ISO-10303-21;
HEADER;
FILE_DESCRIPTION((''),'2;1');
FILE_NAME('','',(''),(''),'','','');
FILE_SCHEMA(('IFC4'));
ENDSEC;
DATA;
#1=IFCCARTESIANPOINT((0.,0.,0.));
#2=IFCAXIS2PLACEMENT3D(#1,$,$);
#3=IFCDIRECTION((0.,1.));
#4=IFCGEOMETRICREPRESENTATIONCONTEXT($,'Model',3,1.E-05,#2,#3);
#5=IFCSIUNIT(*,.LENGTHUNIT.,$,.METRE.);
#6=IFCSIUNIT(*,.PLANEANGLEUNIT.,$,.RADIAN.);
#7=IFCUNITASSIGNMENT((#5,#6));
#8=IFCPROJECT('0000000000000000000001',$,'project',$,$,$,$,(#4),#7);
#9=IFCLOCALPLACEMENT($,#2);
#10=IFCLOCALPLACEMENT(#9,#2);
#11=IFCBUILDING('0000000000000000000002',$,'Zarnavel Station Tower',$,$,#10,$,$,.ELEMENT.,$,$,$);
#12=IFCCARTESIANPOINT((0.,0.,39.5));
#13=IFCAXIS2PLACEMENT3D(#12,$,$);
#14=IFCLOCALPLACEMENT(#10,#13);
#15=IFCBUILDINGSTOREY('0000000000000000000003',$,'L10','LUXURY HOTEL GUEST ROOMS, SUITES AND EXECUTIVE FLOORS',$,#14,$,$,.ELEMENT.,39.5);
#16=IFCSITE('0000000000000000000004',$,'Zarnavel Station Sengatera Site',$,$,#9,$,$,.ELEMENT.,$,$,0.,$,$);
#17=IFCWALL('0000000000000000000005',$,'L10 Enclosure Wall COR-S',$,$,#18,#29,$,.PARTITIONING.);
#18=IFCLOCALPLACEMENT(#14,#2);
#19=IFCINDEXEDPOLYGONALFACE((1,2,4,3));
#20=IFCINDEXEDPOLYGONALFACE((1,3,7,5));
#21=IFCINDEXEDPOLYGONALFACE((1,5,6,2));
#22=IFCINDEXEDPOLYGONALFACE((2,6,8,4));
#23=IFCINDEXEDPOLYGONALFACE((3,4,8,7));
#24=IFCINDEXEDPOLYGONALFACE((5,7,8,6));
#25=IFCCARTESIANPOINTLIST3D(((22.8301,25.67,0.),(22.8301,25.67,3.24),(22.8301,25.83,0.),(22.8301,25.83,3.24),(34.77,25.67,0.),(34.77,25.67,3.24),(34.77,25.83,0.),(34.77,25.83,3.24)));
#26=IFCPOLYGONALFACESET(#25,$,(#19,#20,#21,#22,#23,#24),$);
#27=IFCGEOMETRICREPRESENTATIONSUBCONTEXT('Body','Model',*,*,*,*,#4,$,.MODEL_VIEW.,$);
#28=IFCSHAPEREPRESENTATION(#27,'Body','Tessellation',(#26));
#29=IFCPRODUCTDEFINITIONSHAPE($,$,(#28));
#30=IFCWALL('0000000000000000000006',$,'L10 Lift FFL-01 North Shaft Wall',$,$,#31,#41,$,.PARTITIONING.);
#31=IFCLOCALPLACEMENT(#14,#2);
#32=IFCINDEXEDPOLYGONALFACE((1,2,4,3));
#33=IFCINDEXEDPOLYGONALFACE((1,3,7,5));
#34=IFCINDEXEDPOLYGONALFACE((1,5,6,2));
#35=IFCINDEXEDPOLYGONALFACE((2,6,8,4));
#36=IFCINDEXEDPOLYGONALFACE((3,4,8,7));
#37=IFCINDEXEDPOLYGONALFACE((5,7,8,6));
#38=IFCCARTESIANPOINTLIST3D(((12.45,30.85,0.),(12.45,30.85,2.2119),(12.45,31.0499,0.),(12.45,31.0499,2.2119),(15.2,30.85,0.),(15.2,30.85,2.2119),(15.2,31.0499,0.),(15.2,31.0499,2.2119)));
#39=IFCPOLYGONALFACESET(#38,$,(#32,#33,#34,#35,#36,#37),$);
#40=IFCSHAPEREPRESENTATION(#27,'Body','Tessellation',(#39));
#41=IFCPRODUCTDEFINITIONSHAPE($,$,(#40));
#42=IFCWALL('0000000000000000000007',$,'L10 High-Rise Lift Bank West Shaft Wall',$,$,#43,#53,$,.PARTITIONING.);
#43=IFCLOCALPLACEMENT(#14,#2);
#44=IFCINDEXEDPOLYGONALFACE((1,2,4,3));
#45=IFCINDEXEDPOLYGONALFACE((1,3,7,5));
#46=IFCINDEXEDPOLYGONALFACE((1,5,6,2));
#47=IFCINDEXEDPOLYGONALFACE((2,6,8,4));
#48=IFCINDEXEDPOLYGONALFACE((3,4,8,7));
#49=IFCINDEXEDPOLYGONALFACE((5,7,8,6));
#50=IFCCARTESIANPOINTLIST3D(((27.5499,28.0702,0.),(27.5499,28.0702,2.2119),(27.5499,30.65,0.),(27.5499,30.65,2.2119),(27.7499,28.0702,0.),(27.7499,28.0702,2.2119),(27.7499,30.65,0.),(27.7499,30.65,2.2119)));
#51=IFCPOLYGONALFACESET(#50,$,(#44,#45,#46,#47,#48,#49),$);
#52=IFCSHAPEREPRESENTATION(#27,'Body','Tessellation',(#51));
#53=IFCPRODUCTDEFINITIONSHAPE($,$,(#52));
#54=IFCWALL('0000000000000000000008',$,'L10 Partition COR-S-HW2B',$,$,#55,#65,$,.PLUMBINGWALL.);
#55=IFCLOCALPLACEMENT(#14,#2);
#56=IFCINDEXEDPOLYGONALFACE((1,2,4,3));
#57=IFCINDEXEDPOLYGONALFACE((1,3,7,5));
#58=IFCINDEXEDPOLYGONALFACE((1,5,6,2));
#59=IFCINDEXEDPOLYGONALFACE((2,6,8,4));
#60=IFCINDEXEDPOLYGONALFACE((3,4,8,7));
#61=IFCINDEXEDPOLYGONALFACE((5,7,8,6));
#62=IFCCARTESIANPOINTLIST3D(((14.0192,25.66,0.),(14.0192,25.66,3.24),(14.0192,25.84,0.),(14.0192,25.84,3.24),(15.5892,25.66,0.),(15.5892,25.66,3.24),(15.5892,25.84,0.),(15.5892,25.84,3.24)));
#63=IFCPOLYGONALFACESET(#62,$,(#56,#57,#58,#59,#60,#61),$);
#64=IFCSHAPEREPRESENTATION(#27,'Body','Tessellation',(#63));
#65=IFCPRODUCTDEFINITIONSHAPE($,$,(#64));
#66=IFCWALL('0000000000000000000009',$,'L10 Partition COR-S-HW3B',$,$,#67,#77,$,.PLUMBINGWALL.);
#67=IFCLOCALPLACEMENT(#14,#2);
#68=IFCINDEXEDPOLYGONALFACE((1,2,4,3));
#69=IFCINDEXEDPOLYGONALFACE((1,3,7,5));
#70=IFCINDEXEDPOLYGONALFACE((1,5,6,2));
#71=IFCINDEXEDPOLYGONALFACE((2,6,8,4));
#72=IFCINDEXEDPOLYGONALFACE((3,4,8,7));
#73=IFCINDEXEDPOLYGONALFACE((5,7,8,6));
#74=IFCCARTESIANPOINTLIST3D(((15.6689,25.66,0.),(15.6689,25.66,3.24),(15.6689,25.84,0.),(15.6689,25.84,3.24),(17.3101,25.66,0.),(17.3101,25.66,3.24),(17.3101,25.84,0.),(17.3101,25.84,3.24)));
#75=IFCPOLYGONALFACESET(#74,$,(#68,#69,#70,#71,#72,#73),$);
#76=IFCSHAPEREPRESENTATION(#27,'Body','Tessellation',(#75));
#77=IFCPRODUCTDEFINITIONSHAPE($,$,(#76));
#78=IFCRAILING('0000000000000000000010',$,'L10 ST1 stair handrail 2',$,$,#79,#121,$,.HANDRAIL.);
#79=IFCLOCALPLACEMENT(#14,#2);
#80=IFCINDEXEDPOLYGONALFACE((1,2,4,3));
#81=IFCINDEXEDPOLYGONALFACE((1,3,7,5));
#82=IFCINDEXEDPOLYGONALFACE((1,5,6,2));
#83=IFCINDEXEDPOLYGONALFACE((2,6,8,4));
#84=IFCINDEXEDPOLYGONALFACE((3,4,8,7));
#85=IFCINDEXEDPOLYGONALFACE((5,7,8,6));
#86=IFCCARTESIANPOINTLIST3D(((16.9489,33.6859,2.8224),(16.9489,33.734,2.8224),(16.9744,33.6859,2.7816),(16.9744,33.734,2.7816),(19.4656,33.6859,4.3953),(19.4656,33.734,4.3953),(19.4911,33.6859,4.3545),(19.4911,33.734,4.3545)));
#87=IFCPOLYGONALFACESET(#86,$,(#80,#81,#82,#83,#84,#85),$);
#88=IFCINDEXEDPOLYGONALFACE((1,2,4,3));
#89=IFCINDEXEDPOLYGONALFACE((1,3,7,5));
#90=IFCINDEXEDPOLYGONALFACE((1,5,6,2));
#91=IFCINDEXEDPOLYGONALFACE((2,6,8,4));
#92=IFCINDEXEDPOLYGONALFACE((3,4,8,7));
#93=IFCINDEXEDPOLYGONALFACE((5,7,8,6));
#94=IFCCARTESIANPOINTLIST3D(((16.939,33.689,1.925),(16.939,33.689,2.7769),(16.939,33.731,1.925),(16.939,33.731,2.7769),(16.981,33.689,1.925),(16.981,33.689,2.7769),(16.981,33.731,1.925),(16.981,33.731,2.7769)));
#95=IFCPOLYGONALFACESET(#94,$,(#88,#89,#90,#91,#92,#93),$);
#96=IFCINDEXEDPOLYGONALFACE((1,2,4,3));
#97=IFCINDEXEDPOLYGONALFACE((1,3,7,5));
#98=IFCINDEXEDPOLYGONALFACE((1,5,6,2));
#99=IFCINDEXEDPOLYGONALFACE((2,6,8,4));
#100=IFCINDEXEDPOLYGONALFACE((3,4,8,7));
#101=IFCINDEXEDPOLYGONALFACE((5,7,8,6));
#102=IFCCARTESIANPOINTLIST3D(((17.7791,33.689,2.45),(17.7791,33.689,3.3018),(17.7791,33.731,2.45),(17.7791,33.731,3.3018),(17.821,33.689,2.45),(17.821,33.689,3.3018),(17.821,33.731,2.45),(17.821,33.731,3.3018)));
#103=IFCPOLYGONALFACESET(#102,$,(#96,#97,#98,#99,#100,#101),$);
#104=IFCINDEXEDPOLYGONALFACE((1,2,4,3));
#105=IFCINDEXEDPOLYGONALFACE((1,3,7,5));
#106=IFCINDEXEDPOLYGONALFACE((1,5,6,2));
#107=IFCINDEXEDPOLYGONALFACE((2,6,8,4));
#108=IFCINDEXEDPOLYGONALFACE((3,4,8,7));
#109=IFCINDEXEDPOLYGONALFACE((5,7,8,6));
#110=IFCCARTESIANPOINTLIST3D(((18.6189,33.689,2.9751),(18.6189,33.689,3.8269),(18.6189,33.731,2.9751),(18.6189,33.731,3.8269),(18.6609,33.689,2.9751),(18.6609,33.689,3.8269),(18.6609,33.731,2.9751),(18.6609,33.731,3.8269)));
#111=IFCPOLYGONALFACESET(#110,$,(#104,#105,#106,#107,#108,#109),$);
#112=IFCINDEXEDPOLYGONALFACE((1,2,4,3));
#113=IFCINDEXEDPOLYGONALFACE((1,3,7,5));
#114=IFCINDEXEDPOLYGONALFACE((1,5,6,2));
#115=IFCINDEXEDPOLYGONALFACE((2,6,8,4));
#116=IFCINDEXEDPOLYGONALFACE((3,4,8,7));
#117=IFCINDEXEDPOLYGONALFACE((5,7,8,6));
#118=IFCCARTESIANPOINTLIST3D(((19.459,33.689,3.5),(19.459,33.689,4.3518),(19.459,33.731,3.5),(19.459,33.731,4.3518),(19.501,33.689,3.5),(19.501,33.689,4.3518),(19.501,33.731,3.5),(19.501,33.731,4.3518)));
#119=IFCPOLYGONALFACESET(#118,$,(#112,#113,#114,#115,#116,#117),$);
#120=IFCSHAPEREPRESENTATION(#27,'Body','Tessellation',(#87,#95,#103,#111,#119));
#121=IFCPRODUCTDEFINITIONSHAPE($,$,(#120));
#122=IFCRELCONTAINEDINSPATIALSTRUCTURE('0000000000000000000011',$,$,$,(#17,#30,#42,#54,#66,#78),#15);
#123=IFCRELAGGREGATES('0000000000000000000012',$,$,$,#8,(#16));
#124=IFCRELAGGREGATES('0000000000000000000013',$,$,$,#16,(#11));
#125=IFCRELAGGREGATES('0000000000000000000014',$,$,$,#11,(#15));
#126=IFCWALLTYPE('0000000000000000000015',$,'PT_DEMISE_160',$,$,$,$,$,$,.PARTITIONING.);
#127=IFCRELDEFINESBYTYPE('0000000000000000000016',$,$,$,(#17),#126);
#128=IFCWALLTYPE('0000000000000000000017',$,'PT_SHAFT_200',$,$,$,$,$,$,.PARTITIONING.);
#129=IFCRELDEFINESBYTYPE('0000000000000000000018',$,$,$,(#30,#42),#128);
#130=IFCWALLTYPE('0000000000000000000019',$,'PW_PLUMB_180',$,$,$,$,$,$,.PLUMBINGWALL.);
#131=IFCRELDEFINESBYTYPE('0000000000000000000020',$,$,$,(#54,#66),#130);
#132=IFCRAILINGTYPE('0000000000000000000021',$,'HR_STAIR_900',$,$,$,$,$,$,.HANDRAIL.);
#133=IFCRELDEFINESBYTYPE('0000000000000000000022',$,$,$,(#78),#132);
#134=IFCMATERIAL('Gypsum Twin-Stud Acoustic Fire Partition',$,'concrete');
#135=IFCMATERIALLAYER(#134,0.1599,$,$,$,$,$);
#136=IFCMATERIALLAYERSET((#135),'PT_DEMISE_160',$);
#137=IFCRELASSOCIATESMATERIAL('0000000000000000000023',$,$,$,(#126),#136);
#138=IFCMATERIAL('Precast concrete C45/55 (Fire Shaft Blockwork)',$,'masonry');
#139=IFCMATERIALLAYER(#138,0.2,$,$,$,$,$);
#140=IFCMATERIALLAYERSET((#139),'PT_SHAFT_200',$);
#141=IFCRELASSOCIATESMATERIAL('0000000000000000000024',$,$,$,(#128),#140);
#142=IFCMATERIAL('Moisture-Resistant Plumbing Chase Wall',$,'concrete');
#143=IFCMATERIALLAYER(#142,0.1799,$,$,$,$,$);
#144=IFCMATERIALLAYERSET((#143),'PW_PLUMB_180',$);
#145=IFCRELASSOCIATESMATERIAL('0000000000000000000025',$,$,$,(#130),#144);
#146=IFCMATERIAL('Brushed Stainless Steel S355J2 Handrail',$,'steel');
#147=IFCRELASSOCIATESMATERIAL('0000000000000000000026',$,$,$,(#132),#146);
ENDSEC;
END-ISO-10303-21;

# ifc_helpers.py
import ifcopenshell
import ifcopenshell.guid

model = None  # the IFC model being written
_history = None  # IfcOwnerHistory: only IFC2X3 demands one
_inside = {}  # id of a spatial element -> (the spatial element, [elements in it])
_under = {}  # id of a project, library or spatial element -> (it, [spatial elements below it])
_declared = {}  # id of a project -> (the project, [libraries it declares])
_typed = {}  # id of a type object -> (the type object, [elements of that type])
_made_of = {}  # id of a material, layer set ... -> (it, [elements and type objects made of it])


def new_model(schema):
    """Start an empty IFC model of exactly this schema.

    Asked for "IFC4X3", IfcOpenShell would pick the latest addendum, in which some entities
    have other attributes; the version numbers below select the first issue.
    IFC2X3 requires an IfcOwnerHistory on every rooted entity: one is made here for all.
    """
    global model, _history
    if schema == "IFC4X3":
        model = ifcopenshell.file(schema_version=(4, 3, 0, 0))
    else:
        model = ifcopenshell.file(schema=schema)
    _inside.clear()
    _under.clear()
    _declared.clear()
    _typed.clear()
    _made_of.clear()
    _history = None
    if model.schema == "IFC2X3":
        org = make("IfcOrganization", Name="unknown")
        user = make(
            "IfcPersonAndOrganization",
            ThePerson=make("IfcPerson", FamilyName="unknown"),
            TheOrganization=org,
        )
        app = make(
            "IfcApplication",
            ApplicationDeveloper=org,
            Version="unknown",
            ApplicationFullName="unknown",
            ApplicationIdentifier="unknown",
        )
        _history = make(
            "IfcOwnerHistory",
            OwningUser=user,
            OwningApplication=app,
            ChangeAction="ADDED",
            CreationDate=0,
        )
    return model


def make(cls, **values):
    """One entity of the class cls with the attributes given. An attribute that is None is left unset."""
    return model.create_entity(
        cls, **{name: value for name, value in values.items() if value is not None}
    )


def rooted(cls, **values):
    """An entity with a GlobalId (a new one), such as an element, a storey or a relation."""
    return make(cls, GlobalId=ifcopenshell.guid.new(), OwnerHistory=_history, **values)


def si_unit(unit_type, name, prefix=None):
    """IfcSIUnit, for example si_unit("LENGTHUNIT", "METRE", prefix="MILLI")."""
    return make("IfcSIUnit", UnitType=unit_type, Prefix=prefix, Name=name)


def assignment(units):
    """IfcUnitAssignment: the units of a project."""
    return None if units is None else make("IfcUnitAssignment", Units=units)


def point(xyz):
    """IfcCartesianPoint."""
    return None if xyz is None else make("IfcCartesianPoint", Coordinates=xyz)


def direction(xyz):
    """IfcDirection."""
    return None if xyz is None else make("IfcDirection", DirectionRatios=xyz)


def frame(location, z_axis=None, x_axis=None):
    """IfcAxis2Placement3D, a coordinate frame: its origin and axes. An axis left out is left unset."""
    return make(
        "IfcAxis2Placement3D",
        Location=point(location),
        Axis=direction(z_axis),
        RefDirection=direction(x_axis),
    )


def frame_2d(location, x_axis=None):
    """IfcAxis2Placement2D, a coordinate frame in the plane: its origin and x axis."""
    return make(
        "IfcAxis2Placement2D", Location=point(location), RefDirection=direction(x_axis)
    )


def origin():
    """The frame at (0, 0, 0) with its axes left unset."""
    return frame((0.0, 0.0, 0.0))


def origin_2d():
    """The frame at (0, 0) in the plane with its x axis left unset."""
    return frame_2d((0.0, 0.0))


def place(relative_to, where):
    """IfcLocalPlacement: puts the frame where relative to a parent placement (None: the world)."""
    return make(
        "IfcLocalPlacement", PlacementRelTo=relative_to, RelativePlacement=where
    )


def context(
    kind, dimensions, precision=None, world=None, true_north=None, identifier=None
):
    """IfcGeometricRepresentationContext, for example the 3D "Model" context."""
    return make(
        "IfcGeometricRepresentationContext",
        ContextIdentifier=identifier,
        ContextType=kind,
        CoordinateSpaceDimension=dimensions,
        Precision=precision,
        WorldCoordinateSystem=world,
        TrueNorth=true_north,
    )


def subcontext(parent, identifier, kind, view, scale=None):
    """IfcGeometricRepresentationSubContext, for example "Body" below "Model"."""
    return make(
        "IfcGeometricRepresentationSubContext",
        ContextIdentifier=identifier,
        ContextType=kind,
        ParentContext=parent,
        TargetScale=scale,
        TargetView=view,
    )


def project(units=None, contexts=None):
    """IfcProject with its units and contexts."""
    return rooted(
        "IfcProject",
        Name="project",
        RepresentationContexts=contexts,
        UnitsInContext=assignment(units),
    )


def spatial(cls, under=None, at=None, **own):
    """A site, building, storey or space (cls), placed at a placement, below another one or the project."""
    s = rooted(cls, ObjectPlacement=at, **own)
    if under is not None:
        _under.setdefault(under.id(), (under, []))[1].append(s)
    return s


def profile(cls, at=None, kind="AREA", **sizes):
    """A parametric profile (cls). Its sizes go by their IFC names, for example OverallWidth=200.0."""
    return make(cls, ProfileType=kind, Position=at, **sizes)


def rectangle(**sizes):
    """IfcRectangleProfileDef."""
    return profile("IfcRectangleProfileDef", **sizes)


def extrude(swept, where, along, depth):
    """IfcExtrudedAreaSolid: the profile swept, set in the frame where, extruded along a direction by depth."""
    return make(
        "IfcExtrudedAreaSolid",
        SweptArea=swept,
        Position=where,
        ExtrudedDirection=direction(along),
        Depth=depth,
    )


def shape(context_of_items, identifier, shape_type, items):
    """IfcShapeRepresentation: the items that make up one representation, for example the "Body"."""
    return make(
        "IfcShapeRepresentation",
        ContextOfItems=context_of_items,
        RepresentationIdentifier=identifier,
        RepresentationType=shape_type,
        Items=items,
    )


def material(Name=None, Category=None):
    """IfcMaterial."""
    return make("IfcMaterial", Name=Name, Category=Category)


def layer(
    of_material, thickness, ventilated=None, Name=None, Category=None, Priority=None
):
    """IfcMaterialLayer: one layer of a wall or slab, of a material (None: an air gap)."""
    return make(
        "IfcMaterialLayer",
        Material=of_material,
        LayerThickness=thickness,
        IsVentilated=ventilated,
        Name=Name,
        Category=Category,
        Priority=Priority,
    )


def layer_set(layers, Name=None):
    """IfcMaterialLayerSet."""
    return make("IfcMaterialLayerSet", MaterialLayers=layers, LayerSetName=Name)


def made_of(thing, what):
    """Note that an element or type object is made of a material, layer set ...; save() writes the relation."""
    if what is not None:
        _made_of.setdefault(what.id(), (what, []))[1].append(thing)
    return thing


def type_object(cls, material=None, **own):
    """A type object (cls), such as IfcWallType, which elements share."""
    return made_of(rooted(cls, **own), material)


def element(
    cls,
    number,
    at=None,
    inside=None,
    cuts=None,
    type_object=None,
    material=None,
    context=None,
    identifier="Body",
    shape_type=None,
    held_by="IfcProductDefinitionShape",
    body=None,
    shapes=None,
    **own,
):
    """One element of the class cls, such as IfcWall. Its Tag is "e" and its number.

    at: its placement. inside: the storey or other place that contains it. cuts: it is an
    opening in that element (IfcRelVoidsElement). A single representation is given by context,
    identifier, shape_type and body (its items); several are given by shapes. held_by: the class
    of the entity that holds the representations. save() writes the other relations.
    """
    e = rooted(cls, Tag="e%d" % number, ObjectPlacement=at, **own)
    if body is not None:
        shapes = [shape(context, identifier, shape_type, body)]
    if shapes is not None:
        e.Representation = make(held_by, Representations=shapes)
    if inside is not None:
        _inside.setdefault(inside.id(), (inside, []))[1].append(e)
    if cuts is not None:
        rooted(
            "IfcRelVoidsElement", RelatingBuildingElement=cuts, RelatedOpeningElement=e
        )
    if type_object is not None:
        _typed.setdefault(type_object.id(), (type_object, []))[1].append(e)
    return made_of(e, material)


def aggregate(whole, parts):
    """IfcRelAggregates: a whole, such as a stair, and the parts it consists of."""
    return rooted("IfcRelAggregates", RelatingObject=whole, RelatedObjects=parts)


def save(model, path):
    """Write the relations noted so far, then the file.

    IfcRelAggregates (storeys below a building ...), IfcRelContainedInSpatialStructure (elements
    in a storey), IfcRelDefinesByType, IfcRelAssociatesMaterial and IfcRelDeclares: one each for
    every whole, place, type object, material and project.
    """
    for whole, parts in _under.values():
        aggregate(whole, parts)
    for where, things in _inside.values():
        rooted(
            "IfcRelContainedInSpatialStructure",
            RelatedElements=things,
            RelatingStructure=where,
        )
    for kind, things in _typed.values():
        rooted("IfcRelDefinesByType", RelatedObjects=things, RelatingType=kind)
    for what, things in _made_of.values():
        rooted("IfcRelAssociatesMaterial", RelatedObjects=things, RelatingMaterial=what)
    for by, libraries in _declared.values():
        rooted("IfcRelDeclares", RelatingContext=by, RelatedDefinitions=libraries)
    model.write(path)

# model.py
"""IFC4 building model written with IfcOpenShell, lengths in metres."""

from ifc_helpers import new_model, si_unit, direction, frame, frame_2d, origin, origin_2d, place, context, subcontext, project, spatial, rectangle, extrude, material, layer, layer_set, type_object, element, save


model = new_model("IFC4")

# Units and contexts
model_context = context("Model", 3, precision=1e-05, world=origin(), true_north=direction((0.0, 1.0)))
body_context = subcontext(model_context, "Body", "Model", "MODEL_VIEW")
ifc_project = project(units=[si_unit("LENGTHUNIT", "METRE"), si_unit("PLANEANGLEUNIT", "RADIAN")], contexts=[model_context])

# Site, building, storey
site_placement = place(None, origin())
site = spatial("IfcSite", under=ifc_project, at=site_placement, Name="Zarnavel Station Sengatera Site", CompositionType="ELEMENT", RefElevation=0.0)
building_placement = place(site_placement, origin())
building = spatial("IfcBuilding", under=site, at=building_placement, Name="Zarnavel Station Tower", CompositionType="ELEMENT")
storey_placement = place(building_placement, frame((0.0, 0.0, 39.5)))
storey = spatial("IfcBuildingStorey", under=building, at=storey_placement, Name="L10", Description="LUXURY HOTEL GUEST ROOMS, SUITES AND EXECUTIVE FLOORS", CompositionType="ELEMENT", Elevation=39.5)

# Shared definitions
ifc_material_1 = material(Name="Gypsum Twin-Stud Acoustic Fire Partition", Category="concrete")
ifc_layer_1 = layer(ifc_material_1, 0.1599)
ifc_layer_set_1 = layer_set([ifc_layer_1], Name="PT_DEMISE_160")
wall_type_1 = type_object("IfcWallType", Name="PT_DEMISE_160", PredefinedType="PARTITIONING", material=ifc_layer_set_1)

# Wall
wall_1_placement = place(storey_placement, frame((22.8301, 25.75, 0.0), z_axis=(0.0, 0.0, 1.0), x_axis=(1.0, 0.0, 0.0)))
element("IfcWall", 1, at=wall_1_placement, inside=storey, type_object=wall_type_1, Name="L10 Enclosure Wall COR-S", PredefinedType="PARTITIONING", context=body_context, shape_type="SweptSolid", body=[
    extrude(rectangle(XDim=11.9399, YDim=0.1599, at=frame_2d((5.97, 0.0))), origin(), (0.0, 0.0, 1.0), 3.24),
])

# Shared definitions
ifc_material_2 = material(Name="Precast concrete C45/55 (Fire Shaft Blockwork)", Category="masonry")
ifc_layer_2 = layer(ifc_material_2, 0.2)
ifc_layer_set_2 = layer_set([ifc_layer_2], Name="PT_SHAFT_200")
wall_type_2 = type_object("IfcWallType", Name="PT_SHAFT_200", PredefinedType="PARTITIONING", material=ifc_layer_set_2)

# Walls
wall_2_placement = place(storey_placement, frame((12.45, 30.95, 0.0), z_axis=(0.0, 0.0, 1.0), x_axis=(1.0, 0.0, 0.0)))
element("IfcWall", 2, at=wall_2_placement, inside=storey, type_object=wall_type_2, Name="L10 Lift FFL-01 North Shaft Wall", PredefinedType="PARTITIONING", context=body_context, shape_type="SweptSolid", body=[
    extrude(rectangle(XDim=2.75, YDim=0.2, at=frame_2d((1.375, 0.0))), origin(), (0.0, 0.0, 1.0), 2.2119),
])
wall_3_placement = place(storey_placement, frame((27.6499, 28.0701, 0.0), z_axis=(0.0, 0.0, 1.0), x_axis=(0.0, 1.0, 0.0)))
element("IfcWall", 3, at=wall_3_placement, inside=storey, type_object=wall_type_2, Name="L10 High-Rise Lift Bank West Shaft Wall", PredefinedType="PARTITIONING", context=body_context, shape_type="SweptSolid", body=[
    extrude(rectangle(XDim=2.5798, YDim=0.2, at=frame_2d((1.29, 0.0))), origin(), (0.0, 0.0, 1.0), 2.2119),
])

# Walls
ifc_material_3 = material(Name="Moisture-Resistant Plumbing Chase Wall", Category="concrete")
ifc_layer_3 = layer(ifc_material_3, 0.1799)
ifc_layer_set_3 = layer_set([ifc_layer_3], Name="PW_PLUMB_180")
wall_type_3 = type_object("IfcWallType", Name="PW_PLUMB_180", PredefinedType="PLUMBINGWALL", material=ifc_layer_set_3)
wall_4_placement = place(storey_placement, frame((14.019, 25.75, 0.0), z_axis=(0.0, 0.0, 1.0), x_axis=(1.0, 0.0, 0.0)))
element("IfcWall", 4, at=wall_4_placement, inside=storey, type_object=wall_type_3, Name="L10 Partition COR-S-HW2B", PredefinedType="PLUMBINGWALL", context=body_context, shape_type="SweptSolid", body=[
    extrude(rectangle(XDim=1.5701, YDim=0.1799, at=frame_2d((0.7852, 0.0))), origin(), (0.0, 0.0, 1.0), 3.24),
])
wall_5_placement = place(storey_placement, frame((15.6689, 25.75, 0.0), z_axis=(0.0, 0.0, 1.0), x_axis=(1.0, 0.0, 0.0)))
element("IfcWall", 5, at=wall_5_placement, inside=storey, type_object=wall_type_3, Name="L10 Partition COR-S-HW3B", PredefinedType="PLUMBINGWALL", context=body_context, shape_type="SweptSolid", body=[
    extrude(rectangle(XDim=1.6411, YDim=0.1799, at=frame_2d((0.8206, 0.0))), origin(), (0.0, 0.0, 1.0), 3.24),
])

# Railing
ifc_material_4 = material(Name="Brushed Stainless Steel S355J2 Handrail", Category="steel")
railing_type = type_object("IfcRailingType", Name="HR_STAIR_900", PredefinedType="HANDRAIL", material=ifc_material_4)
railing_placement = place(storey_placement, frame((16.96, 33.71, 1.925)))
element("IfcRailing", 6, at=railing_placement, inside=storey, type_object=railing_type, Name="L10 ST1 stair handrail 2", PredefinedType="HANDRAIL", context=body_context, shape_type="SweptSolid", body=[
    extrude(rectangle(XDim=0.0481, YDim=0.0481, at=origin_2d()), frame((0.0017, 0.0, 0.877), z_axis=(0.848008, 0.0, 0.529984), x_axis=(0.0, 1.0, 0.0)), (0.0, 0.0, 1.0), 2.9678),
    extrude(rectangle(XDim=0.042, YDim=0.042, at=origin_2d()), origin(), (0.0, 0.0, 1.0), 0.8518),
    extrude(rectangle(XDim=0.042, YDim=0.042, at=origin_2d()), frame((0.8401, 0.0, 0.5249)), (0.0, 0.0, 1.0), 0.8518),
    extrude(rectangle(XDim=0.042, YDim=0.042, at=origin_2d()), frame((1.6799, 0.0, 1.05)), (0.0, 0.0, 1.0), 0.8518),
    extrude(rectangle(XDim=0.042, YDim=0.042, at=origin_2d()), frame((2.52, 0.0, 1.575)), (0.0, 0.0, 1.0), 0.8518),
])

save(model, "model.ifc")
